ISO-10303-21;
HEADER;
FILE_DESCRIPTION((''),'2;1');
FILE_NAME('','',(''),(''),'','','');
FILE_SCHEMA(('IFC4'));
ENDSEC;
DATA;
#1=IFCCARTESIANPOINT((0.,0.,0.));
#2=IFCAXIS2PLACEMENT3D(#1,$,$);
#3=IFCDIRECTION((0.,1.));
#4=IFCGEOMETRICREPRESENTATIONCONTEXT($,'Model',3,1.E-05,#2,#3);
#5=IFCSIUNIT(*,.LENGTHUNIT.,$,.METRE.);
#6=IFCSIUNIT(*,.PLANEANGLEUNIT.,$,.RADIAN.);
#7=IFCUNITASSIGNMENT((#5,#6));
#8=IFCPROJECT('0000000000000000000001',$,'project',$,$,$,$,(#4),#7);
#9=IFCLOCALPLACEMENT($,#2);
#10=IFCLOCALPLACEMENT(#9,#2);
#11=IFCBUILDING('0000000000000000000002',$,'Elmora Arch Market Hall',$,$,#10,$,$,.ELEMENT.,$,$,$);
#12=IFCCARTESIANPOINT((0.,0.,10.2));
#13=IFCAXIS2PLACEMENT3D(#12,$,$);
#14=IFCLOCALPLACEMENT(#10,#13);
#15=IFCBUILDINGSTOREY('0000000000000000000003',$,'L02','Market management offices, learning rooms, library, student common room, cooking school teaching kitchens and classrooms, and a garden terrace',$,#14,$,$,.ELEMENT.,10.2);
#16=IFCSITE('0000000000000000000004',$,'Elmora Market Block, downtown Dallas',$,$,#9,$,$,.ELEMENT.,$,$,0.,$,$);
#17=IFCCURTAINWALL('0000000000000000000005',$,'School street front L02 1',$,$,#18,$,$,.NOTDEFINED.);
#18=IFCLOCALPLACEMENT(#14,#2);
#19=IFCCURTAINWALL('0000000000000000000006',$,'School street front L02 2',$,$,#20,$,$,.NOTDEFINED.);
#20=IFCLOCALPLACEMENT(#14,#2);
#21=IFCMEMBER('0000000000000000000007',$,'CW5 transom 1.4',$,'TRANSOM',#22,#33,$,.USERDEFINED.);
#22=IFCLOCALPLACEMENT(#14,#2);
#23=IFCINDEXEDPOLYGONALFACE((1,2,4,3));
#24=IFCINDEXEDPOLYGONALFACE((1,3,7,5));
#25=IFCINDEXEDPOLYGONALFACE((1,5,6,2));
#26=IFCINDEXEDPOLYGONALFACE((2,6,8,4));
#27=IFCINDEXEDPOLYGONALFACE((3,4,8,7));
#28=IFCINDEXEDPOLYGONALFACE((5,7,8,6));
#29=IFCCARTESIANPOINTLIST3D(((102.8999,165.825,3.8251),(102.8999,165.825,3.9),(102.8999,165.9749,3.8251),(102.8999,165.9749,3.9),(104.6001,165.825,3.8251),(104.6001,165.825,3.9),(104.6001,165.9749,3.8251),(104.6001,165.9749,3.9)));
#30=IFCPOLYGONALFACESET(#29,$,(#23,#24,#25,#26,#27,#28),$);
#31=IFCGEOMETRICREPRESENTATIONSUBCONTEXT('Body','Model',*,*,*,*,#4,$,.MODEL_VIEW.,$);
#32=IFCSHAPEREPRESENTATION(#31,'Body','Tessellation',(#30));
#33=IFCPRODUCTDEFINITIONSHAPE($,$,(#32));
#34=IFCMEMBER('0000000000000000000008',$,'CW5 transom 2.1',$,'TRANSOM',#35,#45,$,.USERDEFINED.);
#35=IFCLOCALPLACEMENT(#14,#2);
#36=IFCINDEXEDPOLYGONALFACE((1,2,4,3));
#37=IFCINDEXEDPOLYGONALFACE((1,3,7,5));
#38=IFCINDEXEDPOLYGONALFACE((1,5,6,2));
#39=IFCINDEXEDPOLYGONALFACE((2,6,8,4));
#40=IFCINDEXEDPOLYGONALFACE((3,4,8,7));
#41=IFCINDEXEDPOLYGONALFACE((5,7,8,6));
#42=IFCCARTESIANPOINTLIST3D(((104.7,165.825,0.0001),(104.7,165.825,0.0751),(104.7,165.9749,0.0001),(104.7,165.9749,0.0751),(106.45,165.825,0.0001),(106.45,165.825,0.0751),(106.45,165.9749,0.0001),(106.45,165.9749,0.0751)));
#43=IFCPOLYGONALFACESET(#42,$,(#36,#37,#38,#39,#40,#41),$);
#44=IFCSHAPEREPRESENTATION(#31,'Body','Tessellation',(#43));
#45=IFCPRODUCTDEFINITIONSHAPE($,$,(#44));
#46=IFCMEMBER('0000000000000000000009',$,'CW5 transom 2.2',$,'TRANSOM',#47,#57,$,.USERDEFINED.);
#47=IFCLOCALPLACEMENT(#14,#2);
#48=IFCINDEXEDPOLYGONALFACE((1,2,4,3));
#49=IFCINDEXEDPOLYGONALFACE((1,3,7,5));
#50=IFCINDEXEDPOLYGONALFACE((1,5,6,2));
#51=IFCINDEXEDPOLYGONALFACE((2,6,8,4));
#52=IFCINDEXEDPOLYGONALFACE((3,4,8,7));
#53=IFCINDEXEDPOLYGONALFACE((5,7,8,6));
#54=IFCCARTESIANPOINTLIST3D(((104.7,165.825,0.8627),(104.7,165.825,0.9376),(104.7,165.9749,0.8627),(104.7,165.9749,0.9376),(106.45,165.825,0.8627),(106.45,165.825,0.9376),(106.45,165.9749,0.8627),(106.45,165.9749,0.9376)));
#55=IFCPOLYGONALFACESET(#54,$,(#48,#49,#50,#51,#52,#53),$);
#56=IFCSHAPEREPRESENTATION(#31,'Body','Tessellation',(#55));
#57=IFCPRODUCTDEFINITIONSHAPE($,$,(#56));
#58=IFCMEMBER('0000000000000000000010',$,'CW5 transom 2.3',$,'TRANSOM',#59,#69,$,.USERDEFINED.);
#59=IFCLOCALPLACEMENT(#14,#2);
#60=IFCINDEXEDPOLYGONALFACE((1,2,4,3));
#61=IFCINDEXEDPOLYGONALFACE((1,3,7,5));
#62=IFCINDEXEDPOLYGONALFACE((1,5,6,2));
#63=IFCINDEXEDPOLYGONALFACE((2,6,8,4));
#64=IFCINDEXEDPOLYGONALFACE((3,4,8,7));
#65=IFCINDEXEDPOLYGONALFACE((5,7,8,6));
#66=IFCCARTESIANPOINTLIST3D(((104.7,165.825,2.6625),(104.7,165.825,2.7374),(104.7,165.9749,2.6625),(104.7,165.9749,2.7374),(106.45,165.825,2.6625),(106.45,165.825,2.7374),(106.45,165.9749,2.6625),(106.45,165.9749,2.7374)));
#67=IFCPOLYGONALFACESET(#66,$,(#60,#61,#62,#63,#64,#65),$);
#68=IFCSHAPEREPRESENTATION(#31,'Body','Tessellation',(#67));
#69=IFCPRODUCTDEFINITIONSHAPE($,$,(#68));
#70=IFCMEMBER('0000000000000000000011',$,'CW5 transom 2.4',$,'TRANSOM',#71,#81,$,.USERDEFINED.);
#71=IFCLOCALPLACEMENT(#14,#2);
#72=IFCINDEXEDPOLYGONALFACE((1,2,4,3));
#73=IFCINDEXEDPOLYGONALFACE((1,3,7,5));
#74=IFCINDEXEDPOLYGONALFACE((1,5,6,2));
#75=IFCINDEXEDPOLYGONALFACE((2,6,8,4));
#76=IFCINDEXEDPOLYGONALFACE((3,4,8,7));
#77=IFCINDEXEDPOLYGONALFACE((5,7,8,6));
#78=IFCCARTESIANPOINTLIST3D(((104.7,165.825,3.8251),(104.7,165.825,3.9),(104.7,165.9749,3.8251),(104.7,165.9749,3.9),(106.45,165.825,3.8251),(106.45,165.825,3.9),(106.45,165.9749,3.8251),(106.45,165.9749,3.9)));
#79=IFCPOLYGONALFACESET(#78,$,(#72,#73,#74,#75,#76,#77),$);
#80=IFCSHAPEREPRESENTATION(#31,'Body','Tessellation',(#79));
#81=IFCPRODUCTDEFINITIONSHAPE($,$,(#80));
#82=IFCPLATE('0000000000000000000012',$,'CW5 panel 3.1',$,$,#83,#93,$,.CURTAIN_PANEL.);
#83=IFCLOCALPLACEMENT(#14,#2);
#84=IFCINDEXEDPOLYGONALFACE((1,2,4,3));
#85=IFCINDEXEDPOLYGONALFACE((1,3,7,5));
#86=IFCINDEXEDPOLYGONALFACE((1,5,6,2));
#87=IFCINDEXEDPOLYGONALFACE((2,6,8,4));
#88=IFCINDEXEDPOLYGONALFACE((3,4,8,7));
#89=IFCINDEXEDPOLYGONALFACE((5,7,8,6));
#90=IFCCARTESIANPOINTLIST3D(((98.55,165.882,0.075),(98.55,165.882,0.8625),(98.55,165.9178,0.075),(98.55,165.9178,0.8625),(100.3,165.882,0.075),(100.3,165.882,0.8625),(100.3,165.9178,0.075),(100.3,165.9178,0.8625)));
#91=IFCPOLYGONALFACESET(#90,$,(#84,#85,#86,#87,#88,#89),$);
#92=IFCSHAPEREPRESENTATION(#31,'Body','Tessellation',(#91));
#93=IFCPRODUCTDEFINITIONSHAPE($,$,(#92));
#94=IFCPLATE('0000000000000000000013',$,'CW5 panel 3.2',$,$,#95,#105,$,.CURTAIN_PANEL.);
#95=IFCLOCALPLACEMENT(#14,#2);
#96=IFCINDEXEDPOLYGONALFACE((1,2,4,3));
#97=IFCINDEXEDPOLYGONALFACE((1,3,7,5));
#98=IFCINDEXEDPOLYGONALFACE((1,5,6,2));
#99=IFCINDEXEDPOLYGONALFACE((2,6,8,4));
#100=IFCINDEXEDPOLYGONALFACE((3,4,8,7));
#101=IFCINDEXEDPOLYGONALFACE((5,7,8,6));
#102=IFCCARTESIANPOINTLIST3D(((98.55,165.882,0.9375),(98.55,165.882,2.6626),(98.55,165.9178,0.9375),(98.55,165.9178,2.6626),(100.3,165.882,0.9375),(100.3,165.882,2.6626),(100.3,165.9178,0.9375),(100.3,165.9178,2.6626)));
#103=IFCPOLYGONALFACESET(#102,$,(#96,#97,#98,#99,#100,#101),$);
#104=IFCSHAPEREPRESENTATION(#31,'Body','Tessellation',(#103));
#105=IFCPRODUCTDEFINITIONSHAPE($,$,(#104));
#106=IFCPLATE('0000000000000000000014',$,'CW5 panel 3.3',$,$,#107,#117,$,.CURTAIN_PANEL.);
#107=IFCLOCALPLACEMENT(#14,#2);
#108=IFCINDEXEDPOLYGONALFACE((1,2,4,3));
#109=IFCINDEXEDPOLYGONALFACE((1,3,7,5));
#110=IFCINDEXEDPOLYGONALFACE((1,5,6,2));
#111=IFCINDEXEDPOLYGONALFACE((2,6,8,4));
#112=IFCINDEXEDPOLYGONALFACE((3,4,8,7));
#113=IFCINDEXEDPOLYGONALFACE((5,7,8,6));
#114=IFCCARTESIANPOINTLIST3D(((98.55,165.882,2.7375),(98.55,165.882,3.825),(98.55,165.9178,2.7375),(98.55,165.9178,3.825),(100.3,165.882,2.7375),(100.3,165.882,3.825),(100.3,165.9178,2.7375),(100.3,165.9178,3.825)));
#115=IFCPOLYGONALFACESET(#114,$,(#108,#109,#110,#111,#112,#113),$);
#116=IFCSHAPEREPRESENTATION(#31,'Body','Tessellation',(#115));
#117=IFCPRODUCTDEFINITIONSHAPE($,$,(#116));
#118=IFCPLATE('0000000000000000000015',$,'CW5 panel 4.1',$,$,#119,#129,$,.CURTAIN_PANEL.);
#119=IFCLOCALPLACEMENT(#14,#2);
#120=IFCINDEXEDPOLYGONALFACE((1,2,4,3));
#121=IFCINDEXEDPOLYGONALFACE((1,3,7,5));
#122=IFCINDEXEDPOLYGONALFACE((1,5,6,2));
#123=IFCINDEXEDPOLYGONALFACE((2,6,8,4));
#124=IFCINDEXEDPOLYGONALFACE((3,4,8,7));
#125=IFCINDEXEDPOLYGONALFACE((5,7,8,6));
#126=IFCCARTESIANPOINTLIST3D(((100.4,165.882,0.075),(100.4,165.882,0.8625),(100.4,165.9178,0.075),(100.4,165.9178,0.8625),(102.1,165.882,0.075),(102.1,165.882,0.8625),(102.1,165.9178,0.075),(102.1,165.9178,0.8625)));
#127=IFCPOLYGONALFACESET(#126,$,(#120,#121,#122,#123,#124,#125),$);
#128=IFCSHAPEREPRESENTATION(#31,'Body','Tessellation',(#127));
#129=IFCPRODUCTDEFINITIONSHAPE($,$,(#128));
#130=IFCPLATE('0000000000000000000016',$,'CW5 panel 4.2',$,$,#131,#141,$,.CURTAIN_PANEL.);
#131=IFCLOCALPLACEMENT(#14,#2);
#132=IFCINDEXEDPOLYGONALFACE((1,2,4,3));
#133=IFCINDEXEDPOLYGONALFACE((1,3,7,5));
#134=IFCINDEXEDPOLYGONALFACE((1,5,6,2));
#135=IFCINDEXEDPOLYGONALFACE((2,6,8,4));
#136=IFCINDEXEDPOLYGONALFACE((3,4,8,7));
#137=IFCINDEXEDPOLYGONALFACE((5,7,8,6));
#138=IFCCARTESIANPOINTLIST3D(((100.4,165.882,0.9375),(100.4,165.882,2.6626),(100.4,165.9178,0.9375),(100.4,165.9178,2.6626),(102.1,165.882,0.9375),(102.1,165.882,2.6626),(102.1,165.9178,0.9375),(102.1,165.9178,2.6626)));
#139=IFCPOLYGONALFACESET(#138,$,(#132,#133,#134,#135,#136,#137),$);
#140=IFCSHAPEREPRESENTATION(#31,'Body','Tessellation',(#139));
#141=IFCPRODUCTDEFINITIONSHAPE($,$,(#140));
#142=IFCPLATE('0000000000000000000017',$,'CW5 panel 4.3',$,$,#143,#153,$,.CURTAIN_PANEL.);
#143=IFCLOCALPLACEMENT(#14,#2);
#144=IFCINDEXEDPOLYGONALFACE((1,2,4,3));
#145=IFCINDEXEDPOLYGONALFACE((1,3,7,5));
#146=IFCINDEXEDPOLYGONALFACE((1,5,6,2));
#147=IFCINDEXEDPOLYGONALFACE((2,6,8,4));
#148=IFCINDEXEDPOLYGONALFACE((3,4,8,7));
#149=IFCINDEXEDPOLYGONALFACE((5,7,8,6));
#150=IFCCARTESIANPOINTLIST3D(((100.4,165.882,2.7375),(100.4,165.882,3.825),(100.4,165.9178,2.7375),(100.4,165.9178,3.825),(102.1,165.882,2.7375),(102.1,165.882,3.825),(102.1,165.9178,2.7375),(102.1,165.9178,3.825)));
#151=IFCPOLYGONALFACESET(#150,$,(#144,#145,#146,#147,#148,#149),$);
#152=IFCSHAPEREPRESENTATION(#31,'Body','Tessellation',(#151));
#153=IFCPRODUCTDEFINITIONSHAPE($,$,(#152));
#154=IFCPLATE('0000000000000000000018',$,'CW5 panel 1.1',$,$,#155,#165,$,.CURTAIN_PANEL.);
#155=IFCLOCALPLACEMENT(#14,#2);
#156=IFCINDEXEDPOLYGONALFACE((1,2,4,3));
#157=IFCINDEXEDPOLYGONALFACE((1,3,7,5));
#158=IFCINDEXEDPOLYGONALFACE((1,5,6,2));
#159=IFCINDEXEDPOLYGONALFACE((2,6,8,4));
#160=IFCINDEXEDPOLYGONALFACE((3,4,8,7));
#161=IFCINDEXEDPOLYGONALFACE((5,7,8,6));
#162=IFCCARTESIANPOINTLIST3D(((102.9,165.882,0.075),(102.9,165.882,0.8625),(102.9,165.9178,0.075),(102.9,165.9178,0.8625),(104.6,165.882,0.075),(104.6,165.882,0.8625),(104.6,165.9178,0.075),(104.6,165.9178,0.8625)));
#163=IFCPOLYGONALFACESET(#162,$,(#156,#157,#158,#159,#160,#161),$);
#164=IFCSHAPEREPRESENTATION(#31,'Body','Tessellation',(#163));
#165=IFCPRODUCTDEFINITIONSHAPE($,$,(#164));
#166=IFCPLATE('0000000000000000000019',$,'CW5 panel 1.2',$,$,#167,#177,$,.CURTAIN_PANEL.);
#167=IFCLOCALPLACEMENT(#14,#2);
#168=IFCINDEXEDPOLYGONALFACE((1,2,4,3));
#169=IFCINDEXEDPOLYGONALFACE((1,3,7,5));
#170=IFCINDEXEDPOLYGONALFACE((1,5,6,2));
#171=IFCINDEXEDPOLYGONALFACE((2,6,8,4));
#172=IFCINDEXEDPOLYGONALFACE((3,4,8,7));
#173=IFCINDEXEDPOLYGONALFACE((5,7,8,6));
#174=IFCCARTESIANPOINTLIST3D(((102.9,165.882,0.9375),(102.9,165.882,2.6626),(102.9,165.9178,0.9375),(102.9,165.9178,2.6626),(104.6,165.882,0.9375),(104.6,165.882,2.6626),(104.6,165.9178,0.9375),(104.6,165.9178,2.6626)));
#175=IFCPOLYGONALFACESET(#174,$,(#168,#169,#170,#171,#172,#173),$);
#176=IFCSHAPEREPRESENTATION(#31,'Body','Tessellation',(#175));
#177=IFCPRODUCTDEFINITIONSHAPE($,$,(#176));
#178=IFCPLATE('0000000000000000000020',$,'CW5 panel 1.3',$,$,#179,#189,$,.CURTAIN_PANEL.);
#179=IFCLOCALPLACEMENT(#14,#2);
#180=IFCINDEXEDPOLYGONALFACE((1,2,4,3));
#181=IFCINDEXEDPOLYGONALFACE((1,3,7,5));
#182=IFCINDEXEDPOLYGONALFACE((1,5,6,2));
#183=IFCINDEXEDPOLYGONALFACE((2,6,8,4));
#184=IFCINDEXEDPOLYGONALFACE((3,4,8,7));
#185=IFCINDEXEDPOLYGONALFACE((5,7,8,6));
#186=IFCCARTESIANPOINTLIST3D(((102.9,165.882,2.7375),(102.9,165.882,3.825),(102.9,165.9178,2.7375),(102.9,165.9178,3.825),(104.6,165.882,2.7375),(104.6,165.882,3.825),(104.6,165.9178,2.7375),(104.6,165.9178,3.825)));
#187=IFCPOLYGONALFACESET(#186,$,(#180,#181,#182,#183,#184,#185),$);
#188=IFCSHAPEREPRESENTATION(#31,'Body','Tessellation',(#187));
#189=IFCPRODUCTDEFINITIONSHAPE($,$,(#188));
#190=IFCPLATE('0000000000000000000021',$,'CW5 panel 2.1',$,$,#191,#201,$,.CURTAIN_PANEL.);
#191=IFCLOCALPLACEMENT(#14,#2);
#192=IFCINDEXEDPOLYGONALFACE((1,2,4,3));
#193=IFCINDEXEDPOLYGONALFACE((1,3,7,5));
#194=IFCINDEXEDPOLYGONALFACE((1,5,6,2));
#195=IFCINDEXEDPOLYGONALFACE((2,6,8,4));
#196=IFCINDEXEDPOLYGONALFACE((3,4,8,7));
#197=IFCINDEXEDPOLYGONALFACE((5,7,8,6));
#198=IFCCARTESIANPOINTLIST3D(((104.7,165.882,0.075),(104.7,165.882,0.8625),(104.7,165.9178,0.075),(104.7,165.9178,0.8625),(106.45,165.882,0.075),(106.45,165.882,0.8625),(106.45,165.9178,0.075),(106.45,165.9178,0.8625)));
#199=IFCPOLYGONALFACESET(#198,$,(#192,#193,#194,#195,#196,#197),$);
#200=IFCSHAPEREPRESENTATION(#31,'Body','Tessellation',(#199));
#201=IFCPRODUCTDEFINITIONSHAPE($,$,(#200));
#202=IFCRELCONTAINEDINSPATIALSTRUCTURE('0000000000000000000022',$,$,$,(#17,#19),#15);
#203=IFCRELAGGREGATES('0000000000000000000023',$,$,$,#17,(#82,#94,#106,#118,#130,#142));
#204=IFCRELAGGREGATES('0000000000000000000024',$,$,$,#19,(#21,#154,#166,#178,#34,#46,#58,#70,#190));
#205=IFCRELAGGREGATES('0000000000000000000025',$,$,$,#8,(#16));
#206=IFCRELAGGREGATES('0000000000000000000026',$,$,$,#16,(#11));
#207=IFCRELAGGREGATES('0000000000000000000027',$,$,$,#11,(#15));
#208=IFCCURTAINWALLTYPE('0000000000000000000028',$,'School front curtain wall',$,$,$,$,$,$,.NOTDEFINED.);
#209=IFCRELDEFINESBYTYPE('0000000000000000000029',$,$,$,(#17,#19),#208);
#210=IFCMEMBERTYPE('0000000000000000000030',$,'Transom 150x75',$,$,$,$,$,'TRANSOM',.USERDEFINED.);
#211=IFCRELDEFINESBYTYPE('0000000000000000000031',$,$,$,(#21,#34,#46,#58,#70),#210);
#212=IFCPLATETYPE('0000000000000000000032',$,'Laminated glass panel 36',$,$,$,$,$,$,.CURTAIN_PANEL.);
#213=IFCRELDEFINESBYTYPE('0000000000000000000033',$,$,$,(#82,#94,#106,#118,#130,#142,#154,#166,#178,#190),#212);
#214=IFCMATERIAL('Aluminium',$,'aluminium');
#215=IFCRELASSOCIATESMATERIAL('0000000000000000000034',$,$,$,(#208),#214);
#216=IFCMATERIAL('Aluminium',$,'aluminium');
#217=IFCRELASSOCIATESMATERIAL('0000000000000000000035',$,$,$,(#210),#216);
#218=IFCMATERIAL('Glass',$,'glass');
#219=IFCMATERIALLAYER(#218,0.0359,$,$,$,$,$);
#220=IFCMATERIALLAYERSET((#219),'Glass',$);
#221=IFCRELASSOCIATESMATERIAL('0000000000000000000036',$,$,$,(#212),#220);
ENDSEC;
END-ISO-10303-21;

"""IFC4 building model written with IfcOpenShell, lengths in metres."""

from ifc_helpers import new_model, si_unit, direction, frame, origin, origin_2d, place, context, subcontext, project, spatial, rectangle, extrude, material, layer, layer_set, material_profile, profile_set, type_object, element, aggregate, save


model = new_model("IFC4")

# Units and contexts
model_context = context("Model", 3, precision=1e-05, world=origin(), true_north=direction((0.0, 1.0)))
body_context = subcontext(model_context, "Body", "Model", "MODEL_VIEW")
ifc_project = project(units=[si_unit("LENGTHUNIT", "METRE"), si_unit("PLANEANGLEUNIT", "RADIAN")], contexts=[model_context])

# Site, building, storey
site_placement = place(None, origin())
site = spatial("IfcSite", under=ifc_project, at=site_placement, Name="Elmora Market Block, downtown Dallas", CompositionType="ELEMENT", RefElevation=0.0)
building_placement = place(site_placement, origin())
building = spatial("IfcBuilding", under=site, at=building_placement, Name="Elmora Arch Market Hall", CompositionType="ELEMENT")
storey_placement = place(building_placement, frame((0.0, 0.0, 10.2)))
storey = spatial("IfcBuildingStorey", under=building, at=storey_placement, Name="L02", Description="Market management offices, learning rooms, library, student common room, cooking school teaching kitchens and classrooms, and a garden terrace", CompositionType="ELEMENT", Elevation=10.2)

# Curtain walls
ifc_material_1 = material(Name="Aluminium", Category="aluminium")
curtain_wall_type = type_object("IfcCurtainWallType", Name="School front curtain wall", PredefinedType="NOTDEFINED", material=ifc_material_1)
curtain_wall_1_placement = place(storey_placement, origin())
curtain_wall_1 = element("IfcCurtainWall", 1, at=curtain_wall_1_placement, inside=storey, type_object=curtain_wall_type, Name="School street front L02 1", PredefinedType="NOTDEFINED")
curtain_wall_2_placement = place(storey_placement, origin())
curtain_wall_2 = element("IfcCurtainWall", 2, at=curtain_wall_2_placement, inside=storey, type_object=curtain_wall_type, Name="School street front L02 2", PredefinedType="NOTDEFINED")

# Members
ifc_material_2 = material(Name="Aluminium", Category="aluminium")
ifc_material_profile_1 = material_profile(ifc_material_2, rectangle(XDim=0.1499, YDim=0.075, at=origin_2d()), Name="AL 150x75")
ifc_profile_set_1 = profile_set([ifc_material_profile_1], Name="Aluminium")
member_type_1 = type_object("IfcMemberType", Name="Transom 150x75", ElementType="TRANSOM", PredefinedType="USERDEFINED", material=ifc_profile_set_1)
member_1_placement = place(storey_placement, frame((102.8999, 165.8999, 3.8625), z_axis=(1.0, 0.0, 0.0), x_axis=(0.0, 1.0, 0.0)))
member_1 = element("IfcMember", 3, at=member_1_placement, type_object=member_type_1, Name="CW5 transom 1.4", ObjectType="TRANSOM", PredefinedType="USERDEFINED", context=body_context, shape_type="SweptSolid", body=[
    extrude(rectangle(XDim=0.1499, YDim=0.075, at=origin_2d()), origin(), (0.0, 0.0, 1.0), 1.7002),
])
member_2_placement = place(storey_placement, frame((104.7, 165.8999, 0.0376), z_axis=(1.0, 0.0, 0.0), x_axis=(0.0, 1.0, 0.0)))
member_2 = element("IfcMember", 4, at=member_2_placement, type_object=member_type_1, Name="CW5 transom 2.1", ObjectType="TRANSOM", PredefinedType="USERDEFINED", context=body_context, shape_type="SweptSolid", body=[
    extrude(rectangle(XDim=0.1499, YDim=0.075, at=origin_2d()), origin(), (0.0, 0.0, 1.0), 1.75),
])
member_3_placement = place(storey_placement, frame((104.7, 165.8999, 0.9001), z_axis=(1.0, 0.0, 0.0), x_axis=(0.0, 1.0, 0.0)))
member_3 = element("IfcMember", 5, at=member_3_placement, type_object=member_type_1, Name="CW5 transom 2.2", ObjectType="TRANSOM", PredefinedType="USERDEFINED", context=body_context, shape_type="SweptSolid", body=[
    extrude(rectangle(XDim=0.1499, YDim=0.075, at=origin_2d()), origin(), (0.0, 0.0, 1.0), 1.75),
])
member_4_placement = place(storey_placement, frame((104.7, 165.8999, 2.7), z_axis=(1.0, 0.0, 0.0), x_axis=(0.0, 1.0, 0.0)))
member_4 = element("IfcMember", 6, at=member_4_placement, type_object=member_type_1, Name="CW5 transom 2.3", ObjectType="TRANSOM", PredefinedType="USERDEFINED", context=body_context, shape_type="SweptSolid", body=[
    extrude(rectangle(XDim=0.1499, YDim=0.075, at=origin_2d()), origin(), (0.0, 0.0, 1.0), 1.75),
])
member_5_placement = place(storey_placement, frame((104.7, 165.8999, 3.8625), z_axis=(1.0, 0.0, 0.0), x_axis=(0.0, 1.0, 0.0)))
member_5 = element("IfcMember", 7, at=member_5_placement, type_object=member_type_1, Name="CW5 transom 2.4", ObjectType="TRANSOM", PredefinedType="USERDEFINED", context=body_context, shape_type="SweptSolid", body=[
    extrude(rectangle(XDim=0.1499, YDim=0.075, at=origin_2d()), origin(), (0.0, 0.0, 1.0), 1.75),
])

# Plates
ifc_material_3 = material(Name="Glass", Category="glass")
ifc_layer = layer(ifc_material_3, 0.0359)
ifc_layer_set = layer_set([ifc_layer], Name="Glass")
plate_type = type_object("IfcPlateType", Name="Laminated glass panel 36", PredefinedType="CURTAIN_PANEL", material=ifc_layer_set)
plate_1_placement = place(storey_placement, frame((99.425, 165.8999, 0.075), z_axis=(0.0, 0.0, 1.0), x_axis=(1.0, 0.0, 0.0)))
plate_1 = element("IfcPlate", 8, at=plate_1_placement, type_object=plate_type, Name="CW5 panel 3.1", PredefinedType="CURTAIN_PANEL", context=body_context, shape_type="SweptSolid", body=[
    extrude(rectangle(XDim=1.75, YDim=0.0359, at=origin_2d()), origin(), (0.0, 0.0, 1.0), 0.7876),
])
plate_2_placement = place(storey_placement, frame((99.425, 165.8999, 0.9375), z_axis=(0.0, 0.0, 1.0), x_axis=(1.0, 0.0, 0.0)))
plate_2 = element("IfcPlate", 9, at=plate_2_placement, type_object=plate_type, Name="CW5 panel 3.2", PredefinedType="CURTAIN_PANEL", context=body_context, shape_type="SweptSolid", body=[
    extrude(rectangle(XDim=1.75, YDim=0.0359, at=origin_2d()), origin(), (0.0, 0.0, 1.0), 1.7251),
])
plate_3_placement = place(storey_placement, frame((99.425, 165.8999, 2.7375), z_axis=(0.0, 0.0, 1.0), x_axis=(1.0, 0.0, 0.0)))
plate_3 = element("IfcPlate", 10, at=plate_3_placement, type_object=plate_type, Name="CW5 panel 3.3", PredefinedType="CURTAIN_PANEL", context=body_context, shape_type="SweptSolid", body=[
    extrude(rectangle(XDim=1.75, YDim=0.0359, at=origin_2d()), origin(), (0.0, 0.0, 1.0), 1.0874),
])
plate_4_placement = place(storey_placement, frame((101.25, 165.8999, 0.075), z_axis=(0.0, 0.0, 1.0), x_axis=(1.0, 0.0, 0.0)))
plate_4 = element("IfcPlate", 11, at=plate_4_placement, type_object=plate_type, Name="CW5 panel 4.1", PredefinedType="CURTAIN_PANEL", context=body_context, shape_type="SweptSolid", body=[
    extrude(rectangle(XDim=1.7, YDim=0.0359, at=origin_2d()), origin(), (0.0, 0.0, 1.0), 0.7876),
])
plate_5_placement = place(storey_placement, frame((101.25, 165.8999, 0.9375), z_axis=(0.0, 0.0, 1.0), x_axis=(1.0, 0.0, 0.0)))
plate_5 = element("IfcPlate", 12, at=plate_5_placement, type_object=plate_type, Name="CW5 panel 4.2", PredefinedType="CURTAIN_PANEL", context=body_context, shape_type="SweptSolid", body=[
    extrude(rectangle(XDim=1.7, YDim=0.0359, at=origin_2d()), origin(), (0.0, 0.0, 1.0), 1.7251),
])
plate_6_placement = place(storey_placement, frame((101.25, 165.8999, 2.7375), z_axis=(0.0, 0.0, 1.0), x_axis=(1.0, 0.0, 0.0)))
plate_6 = element("IfcPlate", 13, at=plate_6_placement, type_object=plate_type, Name="CW5 panel 4.3", PredefinedType="CURTAIN_PANEL", context=body_context, shape_type="SweptSolid", body=[
    extrude(rectangle(XDim=1.7, YDim=0.0359, at=origin_2d()), origin(), (0.0, 0.0, 1.0), 1.0874),
])
aggregate(curtain_wall_1, [plate_1, plate_2, plate_3, plate_4, plate_5, plate_6])
plate_7_placement = place(storey_placement, frame((103.75, 165.8999, 0.075), z_axis=(0.0, 0.0, 1.0), x_axis=(1.0, 0.0, 0.0)))
plate_7 = element("IfcPlate", 14, at=plate_7_placement, type_object=plate_type, Name="CW5 panel 1.1", PredefinedType="CURTAIN_PANEL", context=body_context, shape_type="SweptSolid", body=[
    extrude(rectangle(XDim=1.7, YDim=0.0359, at=origin_2d()), origin(), (0.0, 0.0, 1.0), 0.7876),
])
plate_8_placement = place(storey_placement, frame((103.75, 165.8999, 0.9375), z_axis=(0.0, 0.0, 1.0), x_axis=(1.0, 0.0, 0.0)))
plate_8 = element("IfcPlate", 15, at=plate_8_placement, type_object=plate_type, Name="CW5 panel 1.2", PredefinedType="CURTAIN_PANEL", context=body_context, shape_type="SweptSolid", body=[
    extrude(rectangle(XDim=1.7, YDim=0.0359, at=origin_2d()), origin(), (0.0, 0.0, 1.0), 1.7251),
])
plate_9_placement = place(storey_placement, frame((103.75, 165.8999, 2.7375), z_axis=(0.0, 0.0, 1.0), x_axis=(1.0, 0.0, 0.0)))
plate_9 = element("IfcPlate", 16, at=plate_9_placement, type_object=plate_type, Name="CW5 panel 1.3", PredefinedType="CURTAIN_PANEL", context=body_context, shape_type="SweptSolid", body=[
    extrude(rectangle(XDim=1.7, YDim=0.0359, at=origin_2d()), origin(), (0.0, 0.0, 1.0), 1.0874),
])
plate_10_placement = place(storey_placement, frame((105.575, 165.8999, 0.075), z_axis=(0.0, 0.0, 1.0), x_axis=(1.0, 0.0, 0.0)))
plate_10 = element("IfcPlate", 17, at=plate_10_placement, type_object=plate_type, Name="CW5 panel 2.1", PredefinedType="CURTAIN_PANEL", context=body_context, shape_type="SweptSolid", body=[
    extrude(rectangle(XDim=1.75, YDim=0.0359, at=origin_2d()), origin(), (0.0, 0.0, 1.0), 0.7876),
])
aggregate(curtain_wall_2, [member_1, plate_7, plate_8, plate_9, member_2, member_3, member_4, member_5, plate_10])

save(model, "model.ifc")
